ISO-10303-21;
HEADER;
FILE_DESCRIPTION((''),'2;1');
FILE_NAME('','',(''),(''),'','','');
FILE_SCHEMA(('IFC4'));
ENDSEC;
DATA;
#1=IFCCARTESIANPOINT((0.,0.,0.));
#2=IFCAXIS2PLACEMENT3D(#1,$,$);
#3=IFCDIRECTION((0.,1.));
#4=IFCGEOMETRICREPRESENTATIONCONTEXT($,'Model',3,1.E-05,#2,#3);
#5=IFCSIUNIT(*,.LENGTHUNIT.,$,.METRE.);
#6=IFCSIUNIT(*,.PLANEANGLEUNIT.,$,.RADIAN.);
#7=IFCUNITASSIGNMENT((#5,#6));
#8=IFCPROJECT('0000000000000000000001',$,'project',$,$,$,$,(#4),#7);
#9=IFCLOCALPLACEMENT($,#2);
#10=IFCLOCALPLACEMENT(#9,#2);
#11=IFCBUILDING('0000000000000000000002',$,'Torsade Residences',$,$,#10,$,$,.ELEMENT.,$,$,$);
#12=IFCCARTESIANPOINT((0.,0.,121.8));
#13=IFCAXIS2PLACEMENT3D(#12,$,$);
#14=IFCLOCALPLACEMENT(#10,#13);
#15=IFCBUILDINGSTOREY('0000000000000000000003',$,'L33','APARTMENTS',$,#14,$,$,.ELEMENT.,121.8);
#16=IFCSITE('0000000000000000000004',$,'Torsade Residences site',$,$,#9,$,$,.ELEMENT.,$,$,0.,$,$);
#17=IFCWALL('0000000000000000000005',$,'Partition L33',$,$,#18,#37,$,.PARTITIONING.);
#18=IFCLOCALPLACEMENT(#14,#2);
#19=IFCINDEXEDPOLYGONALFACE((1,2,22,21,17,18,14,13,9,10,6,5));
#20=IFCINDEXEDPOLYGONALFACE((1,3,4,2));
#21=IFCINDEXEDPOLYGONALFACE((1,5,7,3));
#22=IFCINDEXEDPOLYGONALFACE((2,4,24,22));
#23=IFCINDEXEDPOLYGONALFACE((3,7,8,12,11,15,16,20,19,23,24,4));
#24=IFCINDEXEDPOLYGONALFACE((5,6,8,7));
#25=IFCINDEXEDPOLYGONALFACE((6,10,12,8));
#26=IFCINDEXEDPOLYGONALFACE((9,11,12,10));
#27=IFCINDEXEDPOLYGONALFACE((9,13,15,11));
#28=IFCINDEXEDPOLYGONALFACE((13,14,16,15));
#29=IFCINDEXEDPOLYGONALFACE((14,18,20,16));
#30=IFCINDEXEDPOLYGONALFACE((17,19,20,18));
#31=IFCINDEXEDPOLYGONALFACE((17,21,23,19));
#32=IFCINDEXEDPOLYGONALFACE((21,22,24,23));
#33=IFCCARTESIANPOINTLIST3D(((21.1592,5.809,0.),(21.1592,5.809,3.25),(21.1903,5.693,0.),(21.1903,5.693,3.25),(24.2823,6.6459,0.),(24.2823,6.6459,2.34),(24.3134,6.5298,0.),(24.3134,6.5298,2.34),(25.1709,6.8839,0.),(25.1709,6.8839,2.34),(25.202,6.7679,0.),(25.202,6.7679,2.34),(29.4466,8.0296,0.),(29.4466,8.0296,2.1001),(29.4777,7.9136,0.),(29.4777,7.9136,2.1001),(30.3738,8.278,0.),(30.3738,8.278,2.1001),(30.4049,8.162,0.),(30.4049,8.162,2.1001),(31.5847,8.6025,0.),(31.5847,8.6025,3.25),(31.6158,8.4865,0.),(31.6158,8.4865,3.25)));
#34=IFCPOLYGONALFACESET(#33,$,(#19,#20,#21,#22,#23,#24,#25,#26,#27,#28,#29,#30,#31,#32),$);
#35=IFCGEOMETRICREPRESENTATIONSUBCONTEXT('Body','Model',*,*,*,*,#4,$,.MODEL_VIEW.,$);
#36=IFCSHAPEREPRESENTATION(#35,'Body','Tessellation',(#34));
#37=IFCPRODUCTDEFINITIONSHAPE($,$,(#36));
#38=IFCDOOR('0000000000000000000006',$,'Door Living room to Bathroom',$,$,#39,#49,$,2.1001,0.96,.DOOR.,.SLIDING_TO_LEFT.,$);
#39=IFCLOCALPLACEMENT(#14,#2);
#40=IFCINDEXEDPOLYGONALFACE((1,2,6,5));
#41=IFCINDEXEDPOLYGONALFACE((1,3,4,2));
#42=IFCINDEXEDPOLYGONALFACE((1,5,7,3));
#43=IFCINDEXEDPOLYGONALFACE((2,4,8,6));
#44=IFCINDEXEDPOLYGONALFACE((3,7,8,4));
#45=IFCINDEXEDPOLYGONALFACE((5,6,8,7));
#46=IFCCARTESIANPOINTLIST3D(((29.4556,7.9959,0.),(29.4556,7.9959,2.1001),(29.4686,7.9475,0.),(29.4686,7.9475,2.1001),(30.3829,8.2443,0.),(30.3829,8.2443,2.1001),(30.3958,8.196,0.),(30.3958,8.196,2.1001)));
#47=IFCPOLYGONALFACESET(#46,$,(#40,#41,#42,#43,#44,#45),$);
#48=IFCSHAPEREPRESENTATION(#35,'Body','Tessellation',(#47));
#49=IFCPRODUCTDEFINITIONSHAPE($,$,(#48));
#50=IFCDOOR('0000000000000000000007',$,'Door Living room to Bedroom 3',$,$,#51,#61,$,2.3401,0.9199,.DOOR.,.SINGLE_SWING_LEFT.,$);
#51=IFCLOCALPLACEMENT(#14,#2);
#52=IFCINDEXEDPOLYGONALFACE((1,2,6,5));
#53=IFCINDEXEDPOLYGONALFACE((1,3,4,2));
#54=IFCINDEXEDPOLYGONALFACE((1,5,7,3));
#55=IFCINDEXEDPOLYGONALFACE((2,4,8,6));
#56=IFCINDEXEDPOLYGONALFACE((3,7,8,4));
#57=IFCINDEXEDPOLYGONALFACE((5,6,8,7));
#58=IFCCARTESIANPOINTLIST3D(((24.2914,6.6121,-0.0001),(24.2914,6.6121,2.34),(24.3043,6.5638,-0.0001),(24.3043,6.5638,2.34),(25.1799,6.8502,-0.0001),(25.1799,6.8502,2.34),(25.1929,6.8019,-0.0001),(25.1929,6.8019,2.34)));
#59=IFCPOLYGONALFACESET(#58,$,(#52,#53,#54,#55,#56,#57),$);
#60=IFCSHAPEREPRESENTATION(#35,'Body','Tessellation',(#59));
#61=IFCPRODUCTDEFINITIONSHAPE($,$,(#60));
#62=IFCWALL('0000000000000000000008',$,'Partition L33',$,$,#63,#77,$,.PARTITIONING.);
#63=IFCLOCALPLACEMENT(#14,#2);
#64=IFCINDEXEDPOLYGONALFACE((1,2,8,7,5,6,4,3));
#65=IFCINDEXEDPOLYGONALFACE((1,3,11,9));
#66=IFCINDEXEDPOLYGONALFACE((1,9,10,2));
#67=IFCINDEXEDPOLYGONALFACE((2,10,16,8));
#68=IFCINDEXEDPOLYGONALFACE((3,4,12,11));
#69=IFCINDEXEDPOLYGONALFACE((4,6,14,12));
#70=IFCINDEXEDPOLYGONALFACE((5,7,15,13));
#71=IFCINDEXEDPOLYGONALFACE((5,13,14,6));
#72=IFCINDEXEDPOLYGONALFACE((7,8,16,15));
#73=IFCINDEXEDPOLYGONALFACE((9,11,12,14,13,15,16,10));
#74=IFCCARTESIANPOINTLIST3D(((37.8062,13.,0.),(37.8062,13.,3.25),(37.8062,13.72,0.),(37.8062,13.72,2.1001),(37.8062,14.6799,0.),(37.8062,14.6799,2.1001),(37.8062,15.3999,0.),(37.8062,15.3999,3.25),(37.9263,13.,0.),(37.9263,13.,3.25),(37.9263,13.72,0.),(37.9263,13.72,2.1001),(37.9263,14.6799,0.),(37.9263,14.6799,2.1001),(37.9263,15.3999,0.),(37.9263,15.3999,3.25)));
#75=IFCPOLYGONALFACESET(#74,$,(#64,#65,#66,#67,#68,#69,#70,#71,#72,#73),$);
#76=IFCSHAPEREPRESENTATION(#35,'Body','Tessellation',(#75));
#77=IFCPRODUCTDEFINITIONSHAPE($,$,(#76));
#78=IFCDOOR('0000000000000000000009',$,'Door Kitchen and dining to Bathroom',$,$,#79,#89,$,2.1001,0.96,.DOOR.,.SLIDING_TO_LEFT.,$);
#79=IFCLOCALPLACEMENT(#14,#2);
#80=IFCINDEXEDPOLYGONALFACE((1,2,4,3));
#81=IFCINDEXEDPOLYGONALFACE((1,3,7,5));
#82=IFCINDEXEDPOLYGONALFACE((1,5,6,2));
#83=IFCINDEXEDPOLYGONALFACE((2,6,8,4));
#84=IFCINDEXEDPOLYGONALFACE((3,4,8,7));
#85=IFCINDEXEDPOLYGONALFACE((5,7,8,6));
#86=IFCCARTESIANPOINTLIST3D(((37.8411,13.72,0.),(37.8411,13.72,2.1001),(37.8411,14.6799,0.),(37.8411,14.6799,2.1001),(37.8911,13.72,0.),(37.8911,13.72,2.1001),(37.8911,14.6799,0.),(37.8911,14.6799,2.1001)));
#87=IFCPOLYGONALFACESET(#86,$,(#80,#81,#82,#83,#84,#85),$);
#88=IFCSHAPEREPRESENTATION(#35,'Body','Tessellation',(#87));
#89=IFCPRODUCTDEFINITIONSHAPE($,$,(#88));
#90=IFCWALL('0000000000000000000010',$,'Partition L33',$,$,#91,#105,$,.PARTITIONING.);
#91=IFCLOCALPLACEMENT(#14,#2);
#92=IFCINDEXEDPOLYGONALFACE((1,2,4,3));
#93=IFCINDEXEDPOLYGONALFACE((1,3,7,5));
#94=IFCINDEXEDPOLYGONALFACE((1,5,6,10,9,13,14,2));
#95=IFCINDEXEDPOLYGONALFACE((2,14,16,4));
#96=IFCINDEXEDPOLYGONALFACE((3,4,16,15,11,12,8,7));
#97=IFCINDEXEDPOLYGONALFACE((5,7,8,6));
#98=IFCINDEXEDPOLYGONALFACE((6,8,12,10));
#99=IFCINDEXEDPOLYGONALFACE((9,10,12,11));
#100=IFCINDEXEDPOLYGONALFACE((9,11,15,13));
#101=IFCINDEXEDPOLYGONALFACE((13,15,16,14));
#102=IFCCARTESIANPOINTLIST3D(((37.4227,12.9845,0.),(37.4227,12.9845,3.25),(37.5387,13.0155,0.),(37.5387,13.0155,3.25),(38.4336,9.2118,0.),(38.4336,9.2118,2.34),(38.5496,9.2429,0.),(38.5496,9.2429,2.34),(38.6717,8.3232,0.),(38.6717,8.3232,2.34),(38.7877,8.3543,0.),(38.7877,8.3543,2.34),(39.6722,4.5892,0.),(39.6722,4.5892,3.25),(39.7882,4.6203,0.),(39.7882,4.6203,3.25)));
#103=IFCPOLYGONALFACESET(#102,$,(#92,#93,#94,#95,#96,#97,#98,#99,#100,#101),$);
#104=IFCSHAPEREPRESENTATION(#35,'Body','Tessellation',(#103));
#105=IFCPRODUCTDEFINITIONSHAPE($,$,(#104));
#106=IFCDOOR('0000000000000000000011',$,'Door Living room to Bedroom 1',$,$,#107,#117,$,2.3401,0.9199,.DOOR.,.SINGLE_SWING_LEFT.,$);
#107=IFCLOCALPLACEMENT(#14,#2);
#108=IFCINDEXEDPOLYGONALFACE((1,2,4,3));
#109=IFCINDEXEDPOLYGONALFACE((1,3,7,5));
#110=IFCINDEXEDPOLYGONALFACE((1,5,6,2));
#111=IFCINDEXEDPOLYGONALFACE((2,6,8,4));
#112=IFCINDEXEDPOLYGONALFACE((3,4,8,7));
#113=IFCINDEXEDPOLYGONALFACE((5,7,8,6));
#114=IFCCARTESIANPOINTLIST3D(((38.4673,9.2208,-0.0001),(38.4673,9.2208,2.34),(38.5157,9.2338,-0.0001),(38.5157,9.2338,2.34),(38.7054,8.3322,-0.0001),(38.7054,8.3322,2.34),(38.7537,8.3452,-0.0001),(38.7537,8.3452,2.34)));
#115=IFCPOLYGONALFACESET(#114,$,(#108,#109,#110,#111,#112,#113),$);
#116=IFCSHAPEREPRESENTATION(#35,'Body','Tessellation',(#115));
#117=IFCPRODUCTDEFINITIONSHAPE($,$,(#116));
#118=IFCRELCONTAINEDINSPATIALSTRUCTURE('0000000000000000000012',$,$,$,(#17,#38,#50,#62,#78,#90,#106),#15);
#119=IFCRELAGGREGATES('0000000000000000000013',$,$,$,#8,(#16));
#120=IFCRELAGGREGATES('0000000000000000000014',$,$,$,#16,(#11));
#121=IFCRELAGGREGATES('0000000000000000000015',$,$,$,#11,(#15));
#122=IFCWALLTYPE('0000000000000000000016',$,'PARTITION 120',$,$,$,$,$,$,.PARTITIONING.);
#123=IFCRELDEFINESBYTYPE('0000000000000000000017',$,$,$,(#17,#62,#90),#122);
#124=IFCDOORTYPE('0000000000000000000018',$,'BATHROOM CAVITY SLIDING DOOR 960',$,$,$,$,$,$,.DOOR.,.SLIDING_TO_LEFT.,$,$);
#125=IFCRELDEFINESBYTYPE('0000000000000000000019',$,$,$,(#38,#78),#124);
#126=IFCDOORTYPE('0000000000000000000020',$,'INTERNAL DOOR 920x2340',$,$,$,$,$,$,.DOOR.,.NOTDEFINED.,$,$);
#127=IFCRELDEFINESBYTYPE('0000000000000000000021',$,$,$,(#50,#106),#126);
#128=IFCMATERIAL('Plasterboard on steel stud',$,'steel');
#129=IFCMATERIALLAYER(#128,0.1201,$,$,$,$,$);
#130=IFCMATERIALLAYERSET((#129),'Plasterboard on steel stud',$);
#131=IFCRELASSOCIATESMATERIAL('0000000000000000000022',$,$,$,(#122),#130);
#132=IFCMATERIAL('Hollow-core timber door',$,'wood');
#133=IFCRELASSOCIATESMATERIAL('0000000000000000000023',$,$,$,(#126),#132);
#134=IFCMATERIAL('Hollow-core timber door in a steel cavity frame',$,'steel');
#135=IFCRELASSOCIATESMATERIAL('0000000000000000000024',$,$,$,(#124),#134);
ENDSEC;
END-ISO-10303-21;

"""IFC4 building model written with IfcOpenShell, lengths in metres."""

from ifc_helpers import new_model, si_unit, direction, frame, frame_2d, origin, place, context, subcontext, project, spatial, rectangle, extrude, material, layer, layer_set, type_object, element, fill, save


model = new_model("IFC4")

# Units and contexts
model_context = context("Model", 3, precision=1e-05, world=origin(), true_north=direction((0.0, 1.0)))
body_context = subcontext(model_context, "Body", "Model", "MODEL_VIEW")
ifc_project = project(units=[si_unit("LENGTHUNIT", "METRE"), si_unit("PLANEANGLEUNIT", "RADIAN")], contexts=[model_context])

# Site, building, storey
site_placement = place(None, origin())
site = spatial("IfcSite", under=ifc_project, at=site_placement, Name="Torsade Residences site", CompositionType="ELEMENT", RefElevation=0.0)
building_placement = place(site_placement, origin())
building = spatial("IfcBuilding", under=site, at=building_placement, Name="Torsade Residences", CompositionType="ELEMENT")
storey_placement = place(building_placement, frame((0.0, 0.0, 121.8)))
storey = spatial("IfcBuildingStorey", under=building, at=storey_placement, Name="L33", Description="APARTMENTS", CompositionType="ELEMENT", Elevation=121.8)

# Shared definitions
ifc_material_1 = material(Name="Plasterboard on steel stud", Category="steel")
ifc_layer_1 = layer(ifc_material_1, 0.1201)
ifc_layer_set_1 = layer_set([ifc_layer_1], Name="Plasterboard on steel stud")
wall_type_1 = type_object("IfcWallType", Name="PARTITION 120", PredefinedType="PARTITIONING", material=ifc_layer_set_1)

# Shared definitions
ifc_material_2 = material(Name="Hollow-core timber door", Category="wood")
door_type_1 = type_object("IfcDoorType", Name="INTERNAL DOOR 920x2340", OperationType="NOTDEFINED", PredefinedType="DOOR", material=ifc_material_2)

# Wall, openings, doors
wall_1_placement = place(storey_placement, frame((31.6001, 8.5444, 0.0), z_axis=(0.0, 0.0, 1.0), x_axis=(-0.965927, -0.258814, 0.0)))
wall_1 = element("IfcWall", 1, at=wall_1_placement, inside=storey, type_object=wall_type_1, Name="Partition L33", PredefinedType="PARTITIONING", context=body_context, shape_type="SweptSolid", body=[
    extrude(rectangle(XDim=10.7932, YDim=0.1201, at=frame_2d((5.3965, 0.0))), origin(), (0.0, 0.0, 1.0), 3.25),
])
opening_1_placement = place(wall_1_placement, frame((6.6399, 0.0, 0.0)))
opening_1 = element("IfcOpeningElement", 2, at=opening_1_placement, cuts=wall_1, PredefinedType="OPENING", context=body_context, shape_type="SweptSolid", body=[
    extrude(rectangle(XDim=0.9199, YDim=2.3401, at=frame_2d((0.46, 1.1699))), frame((0.0, 0.0701, 0.0), z_axis=(0.0, -1.0, 0.0), x_axis=(1.0, 0.0, 0.0)), (0.0, 0.0, 1.0), 0.1401),
])
opening_2_placement = place(wall_1_placement, frame((1.2534, 0.0, 0.0)))
opening_2 = element("IfcOpeningElement", 3, at=opening_2_placement, cuts=wall_1, PredefinedType="OPENING", context=body_context, shape_type="SweptSolid", body=[
    extrude(rectangle(XDim=0.96, YDim=2.1001, at=frame_2d((0.48, 1.05))), frame((0.0, 0.0701, 0.0), z_axis=(0.0, -1.0, 0.0), x_axis=(1.0, 0.0, 0.0)), (0.0, 0.0, 1.0), 0.1401),
])
ifc_material_3 = material(Name="Hollow-core timber door in a steel cavity frame", Category="steel")
door_type_2 = type_object("IfcDoorType", Name="BATHROOM CAVITY SLIDING DOOR 960", OperationType="SLIDING_TO_LEFT", PredefinedType="DOOR", material=ifc_material_3)
door_1_placement = place(opening_2_placement, origin())
door_1 = element("IfcDoor", 4, at=door_1_placement, inside=storey, type_object=door_type_2, Name="Door Living room to Bathroom", OperationType="SLIDING_TO_LEFT", OverallHeight=2.1001, OverallWidth=0.96, PredefinedType="DOOR", context=body_context, shape_type="SweptSolid", body=[
    extrude(rectangle(XDim=0.96, YDim=2.1001, at=frame_2d((0.48, 1.05))), frame((0.0, 0.0249, 0.0), z_axis=(0.0, -1.0, 0.0), x_axis=(1.0, 0.0, 0.0)), (0.0, 0.0, 1.0), 0.05),
])
fill(opening_2, door_1)
door_2_placement = place(opening_1_placement, origin())
door_2 = element("IfcDoor", 5, at=door_2_placement, inside=storey, type_object=door_type_1, Name="Door Living room to Bedroom 3", OperationType="SINGLE_SWING_LEFT", OverallHeight=2.3401, OverallWidth=0.9199, PredefinedType="DOOR", context=body_context, shape_type="SweptSolid", body=[
    extrude(rectangle(XDim=0.9199, YDim=2.3401, at=frame_2d((0.46, 1.1699))), frame((0.0, 0.0249, 0.0), z_axis=(0.0, -1.0, 0.0), x_axis=(1.0, 0.0, 0.0)), (0.0, 0.0, 1.0), 0.05),
])
fill(opening_1, door_2)

# Walls, openings, doors
wall_2_placement = place(storey_placement, frame((37.8662, 15.3999, 0.0), z_axis=(0.0, 0.0, 1.0), x_axis=(0.0, -1.0, 0.0)))
wall_2 = element("IfcWall", 6, at=wall_2_placement, inside=storey, type_object=wall_type_1, Name="Partition L33", PredefinedType="PARTITIONING", context=body_context, shape_type="SweptSolid", body=[
    extrude(rectangle(XDim=2.3999, YDim=0.1201, at=frame_2d((1.2, 0.0))), origin(), (0.0, 0.0, 1.0), 3.25),
])
opening_3_placement = place(wall_2_placement, frame((0.72, 0.0, 0.0)))
opening_3 = element("IfcOpeningElement", 7, at=opening_3_placement, cuts=wall_2, PredefinedType="OPENING", context=body_context, shape_type="SweptSolid", body=[
    extrude(rectangle(XDim=0.96, YDim=2.1001, at=frame_2d((0.48, 1.05))), frame((0.0, 0.0701, 0.0), z_axis=(0.0, -1.0, 0.0), x_axis=(1.0, 0.0, 0.0)), (0.0, 0.0, 1.0), 0.1401),
])
door_3_placement = place(opening_3_placement, origin())
door_3 = element("IfcDoor", 8, at=door_3_placement, inside=storey, type_object=door_type_2, Name="Door Kitchen and dining to Bathroom", OperationType="SLIDING_TO_LEFT", OverallHeight=2.1001, OverallWidth=0.96, PredefinedType="DOOR", context=body_context, shape_type="SweptSolid", body=[
    extrude(rectangle(XDim=0.96, YDim=2.1001, at=frame_2d((0.48, 1.05))), frame((0.0, 0.0249, 0.0), z_axis=(0.0, -1.0, 0.0), x_axis=(1.0, 0.0, 0.0)), (0.0, 0.0, 1.0), 0.05),
])
fill(opening_3, door_3)
wall_3_placement = place(storey_placement, frame((37.4807, 13.0, 0.0), z_axis=(0.0, 0.0, 1.0), x_axis=(0.25882, -0.965926, 0.0)))
wall_3 = element("IfcWall", 9, at=wall_3_placement, inside=storey, type_object=wall_type_1, Name="Partition L33", PredefinedType="PARTITIONING", context=body_context, shape_type="SweptSolid", body=[
    extrude(rectangle(XDim=8.6914, YDim=0.1201, at=frame_2d((4.3457, 0.0))), origin(), (0.0, 0.0, 1.0), 3.25),
])
opening_4_placement = place(wall_3_placement, frame((3.9058, 0.0, 0.0)))
opening_4 = element("IfcOpeningElement", 10, at=opening_4_placement, cuts=wall_3, PredefinedType="OPENING", context=body_context, shape_type="SweptSolid", body=[
    extrude(rectangle(XDim=0.9199, YDim=2.3401, at=frame_2d((0.46, 1.1699))), frame((0.0, 0.0701, 0.0), z_axis=(0.0, -1.0, 0.0), x_axis=(1.0, 0.0, 0.0)), (0.0, 0.0, 1.0), 0.1401),
])
door_4_placement = place(opening_4_placement, origin())
door_4 = element("IfcDoor", 11, at=door_4_placement, inside=storey, type_object=door_type_1, Name="Door Living room to Bedroom 1", OperationType="SINGLE_SWING_LEFT", OverallHeight=2.3401, OverallWidth=0.9199, PredefinedType="DOOR", context=body_context, shape_type="SweptSolid", body=[
    extrude(rectangle(XDim=0.9199, YDim=2.3401, at=frame_2d((0.46, 1.1699))), frame((0.0, 0.0249, 0.0), z_axis=(0.0, -1.0, 0.0), x_axis=(1.0, 0.0, 0.0)), (0.0, 0.0, 1.0), 0.05),
])
fill(opening_4, door_4)

save(model, "model.ifc")
